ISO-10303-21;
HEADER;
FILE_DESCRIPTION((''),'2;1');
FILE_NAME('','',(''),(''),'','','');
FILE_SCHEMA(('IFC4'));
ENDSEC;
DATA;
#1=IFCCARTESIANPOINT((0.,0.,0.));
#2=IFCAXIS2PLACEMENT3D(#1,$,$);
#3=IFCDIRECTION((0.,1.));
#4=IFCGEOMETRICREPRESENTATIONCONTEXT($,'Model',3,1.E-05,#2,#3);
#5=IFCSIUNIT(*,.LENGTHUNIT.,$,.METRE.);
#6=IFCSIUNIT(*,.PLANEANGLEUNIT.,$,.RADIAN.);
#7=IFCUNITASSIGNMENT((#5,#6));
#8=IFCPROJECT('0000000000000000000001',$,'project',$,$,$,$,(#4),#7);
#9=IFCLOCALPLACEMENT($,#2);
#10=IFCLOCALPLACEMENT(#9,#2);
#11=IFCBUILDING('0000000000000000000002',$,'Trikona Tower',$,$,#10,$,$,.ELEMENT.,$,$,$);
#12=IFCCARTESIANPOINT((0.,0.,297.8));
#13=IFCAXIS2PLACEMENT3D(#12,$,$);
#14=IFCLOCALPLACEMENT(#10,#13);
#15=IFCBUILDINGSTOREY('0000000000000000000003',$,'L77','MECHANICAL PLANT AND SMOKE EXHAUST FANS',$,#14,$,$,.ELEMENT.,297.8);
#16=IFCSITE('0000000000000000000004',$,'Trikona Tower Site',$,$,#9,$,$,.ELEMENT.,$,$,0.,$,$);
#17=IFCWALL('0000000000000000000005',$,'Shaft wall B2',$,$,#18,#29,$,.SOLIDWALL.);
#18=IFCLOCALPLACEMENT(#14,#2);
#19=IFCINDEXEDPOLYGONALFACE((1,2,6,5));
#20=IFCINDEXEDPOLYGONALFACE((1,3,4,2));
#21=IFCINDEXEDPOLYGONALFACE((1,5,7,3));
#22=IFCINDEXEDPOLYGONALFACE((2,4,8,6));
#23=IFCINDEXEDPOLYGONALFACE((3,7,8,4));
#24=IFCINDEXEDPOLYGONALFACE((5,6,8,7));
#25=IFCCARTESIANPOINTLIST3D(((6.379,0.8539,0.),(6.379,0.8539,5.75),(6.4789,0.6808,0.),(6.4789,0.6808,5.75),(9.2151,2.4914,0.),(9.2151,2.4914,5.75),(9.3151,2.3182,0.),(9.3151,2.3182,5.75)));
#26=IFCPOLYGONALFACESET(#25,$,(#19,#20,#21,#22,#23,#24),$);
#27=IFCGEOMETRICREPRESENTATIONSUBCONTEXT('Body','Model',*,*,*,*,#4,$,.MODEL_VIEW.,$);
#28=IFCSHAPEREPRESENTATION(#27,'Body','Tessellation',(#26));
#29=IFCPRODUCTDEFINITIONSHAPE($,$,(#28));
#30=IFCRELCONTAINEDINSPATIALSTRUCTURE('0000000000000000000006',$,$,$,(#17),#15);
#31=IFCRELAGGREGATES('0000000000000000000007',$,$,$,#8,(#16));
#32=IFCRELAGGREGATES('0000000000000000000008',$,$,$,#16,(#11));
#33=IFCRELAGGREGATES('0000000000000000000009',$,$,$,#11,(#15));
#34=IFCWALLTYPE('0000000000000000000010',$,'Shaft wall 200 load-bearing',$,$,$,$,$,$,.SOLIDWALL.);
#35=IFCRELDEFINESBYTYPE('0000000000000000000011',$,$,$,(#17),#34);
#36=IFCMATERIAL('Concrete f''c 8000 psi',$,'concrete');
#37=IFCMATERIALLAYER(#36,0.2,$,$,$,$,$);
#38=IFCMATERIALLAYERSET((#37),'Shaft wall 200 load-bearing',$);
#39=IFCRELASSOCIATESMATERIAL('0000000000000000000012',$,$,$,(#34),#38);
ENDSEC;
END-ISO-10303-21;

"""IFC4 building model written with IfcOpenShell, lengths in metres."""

from ifc_helpers import new_model, si_unit, direction, frame, frame_2d, origin, place, context, subcontext, project, spatial, rectangle, extrude, material, layer, layer_set, type_object, element, save


model = new_model("IFC4")

# Units and contexts
model_context = context("Model", 3, precision=1e-05, world=origin(), true_north=direction((0.0, 1.0)))
body_context = subcontext(model_context, "Body", "Model", "MODEL_VIEW")
ifc_project = project(units=[si_unit("LENGTHUNIT", "METRE"), si_unit("PLANEANGLEUNIT", "RADIAN")], contexts=[model_context])

# Site, building, storey
site_placement = place(None, origin())
site = spatial("IfcSite", under=ifc_project, at=site_placement, Name="Trikona Tower Site", CompositionType="ELEMENT", RefElevation=0.0)
building_placement = place(site_placement, origin())
building = spatial("IfcBuilding", under=site, at=building_placement, Name="Trikona Tower", CompositionType="ELEMENT")
storey_placement = place(building_placement, frame((0.0, 0.0, 297.8)))
storey = spatial("IfcBuildingStorey", under=building, at=storey_placement, Name="L77", Description="MECHANICAL PLANT AND SMOKE EXHAUST FANS", CompositionType="ELEMENT", Elevation=297.8)

# Wall
ifc_material_1 = material(Name="Concrete f'c 8000 psi", Category="concrete")
ifc_layer_1 = layer(ifc_material_1, 0.2)
ifc_layer_set_1 = layer_set([ifc_layer_1], Name="Shaft wall 200 load-bearing")
wall_type_1 = type_object("IfcWallType", Name="Shaft wall 200 load-bearing", PredefinedType="SOLIDWALL", material=ifc_layer_set_1)
wall_1_placement = place(storey_placement, frame((6.429, 0.7673, 0.0), z_axis=(0.0, 0.0, 1.0), x_axis=(0.866028, 0.499996, 0.0)))
element("IfcWall", 1, at=wall_1_placement, inside=storey, type_object=wall_type_1, Name="Shaft wall B2", PredefinedType="SOLIDWALL", context=body_context, shape_type="SweptSolid", body=[
    extrude(rectangle(XDim=3.2749, YDim=0.2, at=frame_2d((1.6375, 0.0))), origin(), (0.0, 0.0, 1.0), 5.75),
])

save(model, "model.ifc")
